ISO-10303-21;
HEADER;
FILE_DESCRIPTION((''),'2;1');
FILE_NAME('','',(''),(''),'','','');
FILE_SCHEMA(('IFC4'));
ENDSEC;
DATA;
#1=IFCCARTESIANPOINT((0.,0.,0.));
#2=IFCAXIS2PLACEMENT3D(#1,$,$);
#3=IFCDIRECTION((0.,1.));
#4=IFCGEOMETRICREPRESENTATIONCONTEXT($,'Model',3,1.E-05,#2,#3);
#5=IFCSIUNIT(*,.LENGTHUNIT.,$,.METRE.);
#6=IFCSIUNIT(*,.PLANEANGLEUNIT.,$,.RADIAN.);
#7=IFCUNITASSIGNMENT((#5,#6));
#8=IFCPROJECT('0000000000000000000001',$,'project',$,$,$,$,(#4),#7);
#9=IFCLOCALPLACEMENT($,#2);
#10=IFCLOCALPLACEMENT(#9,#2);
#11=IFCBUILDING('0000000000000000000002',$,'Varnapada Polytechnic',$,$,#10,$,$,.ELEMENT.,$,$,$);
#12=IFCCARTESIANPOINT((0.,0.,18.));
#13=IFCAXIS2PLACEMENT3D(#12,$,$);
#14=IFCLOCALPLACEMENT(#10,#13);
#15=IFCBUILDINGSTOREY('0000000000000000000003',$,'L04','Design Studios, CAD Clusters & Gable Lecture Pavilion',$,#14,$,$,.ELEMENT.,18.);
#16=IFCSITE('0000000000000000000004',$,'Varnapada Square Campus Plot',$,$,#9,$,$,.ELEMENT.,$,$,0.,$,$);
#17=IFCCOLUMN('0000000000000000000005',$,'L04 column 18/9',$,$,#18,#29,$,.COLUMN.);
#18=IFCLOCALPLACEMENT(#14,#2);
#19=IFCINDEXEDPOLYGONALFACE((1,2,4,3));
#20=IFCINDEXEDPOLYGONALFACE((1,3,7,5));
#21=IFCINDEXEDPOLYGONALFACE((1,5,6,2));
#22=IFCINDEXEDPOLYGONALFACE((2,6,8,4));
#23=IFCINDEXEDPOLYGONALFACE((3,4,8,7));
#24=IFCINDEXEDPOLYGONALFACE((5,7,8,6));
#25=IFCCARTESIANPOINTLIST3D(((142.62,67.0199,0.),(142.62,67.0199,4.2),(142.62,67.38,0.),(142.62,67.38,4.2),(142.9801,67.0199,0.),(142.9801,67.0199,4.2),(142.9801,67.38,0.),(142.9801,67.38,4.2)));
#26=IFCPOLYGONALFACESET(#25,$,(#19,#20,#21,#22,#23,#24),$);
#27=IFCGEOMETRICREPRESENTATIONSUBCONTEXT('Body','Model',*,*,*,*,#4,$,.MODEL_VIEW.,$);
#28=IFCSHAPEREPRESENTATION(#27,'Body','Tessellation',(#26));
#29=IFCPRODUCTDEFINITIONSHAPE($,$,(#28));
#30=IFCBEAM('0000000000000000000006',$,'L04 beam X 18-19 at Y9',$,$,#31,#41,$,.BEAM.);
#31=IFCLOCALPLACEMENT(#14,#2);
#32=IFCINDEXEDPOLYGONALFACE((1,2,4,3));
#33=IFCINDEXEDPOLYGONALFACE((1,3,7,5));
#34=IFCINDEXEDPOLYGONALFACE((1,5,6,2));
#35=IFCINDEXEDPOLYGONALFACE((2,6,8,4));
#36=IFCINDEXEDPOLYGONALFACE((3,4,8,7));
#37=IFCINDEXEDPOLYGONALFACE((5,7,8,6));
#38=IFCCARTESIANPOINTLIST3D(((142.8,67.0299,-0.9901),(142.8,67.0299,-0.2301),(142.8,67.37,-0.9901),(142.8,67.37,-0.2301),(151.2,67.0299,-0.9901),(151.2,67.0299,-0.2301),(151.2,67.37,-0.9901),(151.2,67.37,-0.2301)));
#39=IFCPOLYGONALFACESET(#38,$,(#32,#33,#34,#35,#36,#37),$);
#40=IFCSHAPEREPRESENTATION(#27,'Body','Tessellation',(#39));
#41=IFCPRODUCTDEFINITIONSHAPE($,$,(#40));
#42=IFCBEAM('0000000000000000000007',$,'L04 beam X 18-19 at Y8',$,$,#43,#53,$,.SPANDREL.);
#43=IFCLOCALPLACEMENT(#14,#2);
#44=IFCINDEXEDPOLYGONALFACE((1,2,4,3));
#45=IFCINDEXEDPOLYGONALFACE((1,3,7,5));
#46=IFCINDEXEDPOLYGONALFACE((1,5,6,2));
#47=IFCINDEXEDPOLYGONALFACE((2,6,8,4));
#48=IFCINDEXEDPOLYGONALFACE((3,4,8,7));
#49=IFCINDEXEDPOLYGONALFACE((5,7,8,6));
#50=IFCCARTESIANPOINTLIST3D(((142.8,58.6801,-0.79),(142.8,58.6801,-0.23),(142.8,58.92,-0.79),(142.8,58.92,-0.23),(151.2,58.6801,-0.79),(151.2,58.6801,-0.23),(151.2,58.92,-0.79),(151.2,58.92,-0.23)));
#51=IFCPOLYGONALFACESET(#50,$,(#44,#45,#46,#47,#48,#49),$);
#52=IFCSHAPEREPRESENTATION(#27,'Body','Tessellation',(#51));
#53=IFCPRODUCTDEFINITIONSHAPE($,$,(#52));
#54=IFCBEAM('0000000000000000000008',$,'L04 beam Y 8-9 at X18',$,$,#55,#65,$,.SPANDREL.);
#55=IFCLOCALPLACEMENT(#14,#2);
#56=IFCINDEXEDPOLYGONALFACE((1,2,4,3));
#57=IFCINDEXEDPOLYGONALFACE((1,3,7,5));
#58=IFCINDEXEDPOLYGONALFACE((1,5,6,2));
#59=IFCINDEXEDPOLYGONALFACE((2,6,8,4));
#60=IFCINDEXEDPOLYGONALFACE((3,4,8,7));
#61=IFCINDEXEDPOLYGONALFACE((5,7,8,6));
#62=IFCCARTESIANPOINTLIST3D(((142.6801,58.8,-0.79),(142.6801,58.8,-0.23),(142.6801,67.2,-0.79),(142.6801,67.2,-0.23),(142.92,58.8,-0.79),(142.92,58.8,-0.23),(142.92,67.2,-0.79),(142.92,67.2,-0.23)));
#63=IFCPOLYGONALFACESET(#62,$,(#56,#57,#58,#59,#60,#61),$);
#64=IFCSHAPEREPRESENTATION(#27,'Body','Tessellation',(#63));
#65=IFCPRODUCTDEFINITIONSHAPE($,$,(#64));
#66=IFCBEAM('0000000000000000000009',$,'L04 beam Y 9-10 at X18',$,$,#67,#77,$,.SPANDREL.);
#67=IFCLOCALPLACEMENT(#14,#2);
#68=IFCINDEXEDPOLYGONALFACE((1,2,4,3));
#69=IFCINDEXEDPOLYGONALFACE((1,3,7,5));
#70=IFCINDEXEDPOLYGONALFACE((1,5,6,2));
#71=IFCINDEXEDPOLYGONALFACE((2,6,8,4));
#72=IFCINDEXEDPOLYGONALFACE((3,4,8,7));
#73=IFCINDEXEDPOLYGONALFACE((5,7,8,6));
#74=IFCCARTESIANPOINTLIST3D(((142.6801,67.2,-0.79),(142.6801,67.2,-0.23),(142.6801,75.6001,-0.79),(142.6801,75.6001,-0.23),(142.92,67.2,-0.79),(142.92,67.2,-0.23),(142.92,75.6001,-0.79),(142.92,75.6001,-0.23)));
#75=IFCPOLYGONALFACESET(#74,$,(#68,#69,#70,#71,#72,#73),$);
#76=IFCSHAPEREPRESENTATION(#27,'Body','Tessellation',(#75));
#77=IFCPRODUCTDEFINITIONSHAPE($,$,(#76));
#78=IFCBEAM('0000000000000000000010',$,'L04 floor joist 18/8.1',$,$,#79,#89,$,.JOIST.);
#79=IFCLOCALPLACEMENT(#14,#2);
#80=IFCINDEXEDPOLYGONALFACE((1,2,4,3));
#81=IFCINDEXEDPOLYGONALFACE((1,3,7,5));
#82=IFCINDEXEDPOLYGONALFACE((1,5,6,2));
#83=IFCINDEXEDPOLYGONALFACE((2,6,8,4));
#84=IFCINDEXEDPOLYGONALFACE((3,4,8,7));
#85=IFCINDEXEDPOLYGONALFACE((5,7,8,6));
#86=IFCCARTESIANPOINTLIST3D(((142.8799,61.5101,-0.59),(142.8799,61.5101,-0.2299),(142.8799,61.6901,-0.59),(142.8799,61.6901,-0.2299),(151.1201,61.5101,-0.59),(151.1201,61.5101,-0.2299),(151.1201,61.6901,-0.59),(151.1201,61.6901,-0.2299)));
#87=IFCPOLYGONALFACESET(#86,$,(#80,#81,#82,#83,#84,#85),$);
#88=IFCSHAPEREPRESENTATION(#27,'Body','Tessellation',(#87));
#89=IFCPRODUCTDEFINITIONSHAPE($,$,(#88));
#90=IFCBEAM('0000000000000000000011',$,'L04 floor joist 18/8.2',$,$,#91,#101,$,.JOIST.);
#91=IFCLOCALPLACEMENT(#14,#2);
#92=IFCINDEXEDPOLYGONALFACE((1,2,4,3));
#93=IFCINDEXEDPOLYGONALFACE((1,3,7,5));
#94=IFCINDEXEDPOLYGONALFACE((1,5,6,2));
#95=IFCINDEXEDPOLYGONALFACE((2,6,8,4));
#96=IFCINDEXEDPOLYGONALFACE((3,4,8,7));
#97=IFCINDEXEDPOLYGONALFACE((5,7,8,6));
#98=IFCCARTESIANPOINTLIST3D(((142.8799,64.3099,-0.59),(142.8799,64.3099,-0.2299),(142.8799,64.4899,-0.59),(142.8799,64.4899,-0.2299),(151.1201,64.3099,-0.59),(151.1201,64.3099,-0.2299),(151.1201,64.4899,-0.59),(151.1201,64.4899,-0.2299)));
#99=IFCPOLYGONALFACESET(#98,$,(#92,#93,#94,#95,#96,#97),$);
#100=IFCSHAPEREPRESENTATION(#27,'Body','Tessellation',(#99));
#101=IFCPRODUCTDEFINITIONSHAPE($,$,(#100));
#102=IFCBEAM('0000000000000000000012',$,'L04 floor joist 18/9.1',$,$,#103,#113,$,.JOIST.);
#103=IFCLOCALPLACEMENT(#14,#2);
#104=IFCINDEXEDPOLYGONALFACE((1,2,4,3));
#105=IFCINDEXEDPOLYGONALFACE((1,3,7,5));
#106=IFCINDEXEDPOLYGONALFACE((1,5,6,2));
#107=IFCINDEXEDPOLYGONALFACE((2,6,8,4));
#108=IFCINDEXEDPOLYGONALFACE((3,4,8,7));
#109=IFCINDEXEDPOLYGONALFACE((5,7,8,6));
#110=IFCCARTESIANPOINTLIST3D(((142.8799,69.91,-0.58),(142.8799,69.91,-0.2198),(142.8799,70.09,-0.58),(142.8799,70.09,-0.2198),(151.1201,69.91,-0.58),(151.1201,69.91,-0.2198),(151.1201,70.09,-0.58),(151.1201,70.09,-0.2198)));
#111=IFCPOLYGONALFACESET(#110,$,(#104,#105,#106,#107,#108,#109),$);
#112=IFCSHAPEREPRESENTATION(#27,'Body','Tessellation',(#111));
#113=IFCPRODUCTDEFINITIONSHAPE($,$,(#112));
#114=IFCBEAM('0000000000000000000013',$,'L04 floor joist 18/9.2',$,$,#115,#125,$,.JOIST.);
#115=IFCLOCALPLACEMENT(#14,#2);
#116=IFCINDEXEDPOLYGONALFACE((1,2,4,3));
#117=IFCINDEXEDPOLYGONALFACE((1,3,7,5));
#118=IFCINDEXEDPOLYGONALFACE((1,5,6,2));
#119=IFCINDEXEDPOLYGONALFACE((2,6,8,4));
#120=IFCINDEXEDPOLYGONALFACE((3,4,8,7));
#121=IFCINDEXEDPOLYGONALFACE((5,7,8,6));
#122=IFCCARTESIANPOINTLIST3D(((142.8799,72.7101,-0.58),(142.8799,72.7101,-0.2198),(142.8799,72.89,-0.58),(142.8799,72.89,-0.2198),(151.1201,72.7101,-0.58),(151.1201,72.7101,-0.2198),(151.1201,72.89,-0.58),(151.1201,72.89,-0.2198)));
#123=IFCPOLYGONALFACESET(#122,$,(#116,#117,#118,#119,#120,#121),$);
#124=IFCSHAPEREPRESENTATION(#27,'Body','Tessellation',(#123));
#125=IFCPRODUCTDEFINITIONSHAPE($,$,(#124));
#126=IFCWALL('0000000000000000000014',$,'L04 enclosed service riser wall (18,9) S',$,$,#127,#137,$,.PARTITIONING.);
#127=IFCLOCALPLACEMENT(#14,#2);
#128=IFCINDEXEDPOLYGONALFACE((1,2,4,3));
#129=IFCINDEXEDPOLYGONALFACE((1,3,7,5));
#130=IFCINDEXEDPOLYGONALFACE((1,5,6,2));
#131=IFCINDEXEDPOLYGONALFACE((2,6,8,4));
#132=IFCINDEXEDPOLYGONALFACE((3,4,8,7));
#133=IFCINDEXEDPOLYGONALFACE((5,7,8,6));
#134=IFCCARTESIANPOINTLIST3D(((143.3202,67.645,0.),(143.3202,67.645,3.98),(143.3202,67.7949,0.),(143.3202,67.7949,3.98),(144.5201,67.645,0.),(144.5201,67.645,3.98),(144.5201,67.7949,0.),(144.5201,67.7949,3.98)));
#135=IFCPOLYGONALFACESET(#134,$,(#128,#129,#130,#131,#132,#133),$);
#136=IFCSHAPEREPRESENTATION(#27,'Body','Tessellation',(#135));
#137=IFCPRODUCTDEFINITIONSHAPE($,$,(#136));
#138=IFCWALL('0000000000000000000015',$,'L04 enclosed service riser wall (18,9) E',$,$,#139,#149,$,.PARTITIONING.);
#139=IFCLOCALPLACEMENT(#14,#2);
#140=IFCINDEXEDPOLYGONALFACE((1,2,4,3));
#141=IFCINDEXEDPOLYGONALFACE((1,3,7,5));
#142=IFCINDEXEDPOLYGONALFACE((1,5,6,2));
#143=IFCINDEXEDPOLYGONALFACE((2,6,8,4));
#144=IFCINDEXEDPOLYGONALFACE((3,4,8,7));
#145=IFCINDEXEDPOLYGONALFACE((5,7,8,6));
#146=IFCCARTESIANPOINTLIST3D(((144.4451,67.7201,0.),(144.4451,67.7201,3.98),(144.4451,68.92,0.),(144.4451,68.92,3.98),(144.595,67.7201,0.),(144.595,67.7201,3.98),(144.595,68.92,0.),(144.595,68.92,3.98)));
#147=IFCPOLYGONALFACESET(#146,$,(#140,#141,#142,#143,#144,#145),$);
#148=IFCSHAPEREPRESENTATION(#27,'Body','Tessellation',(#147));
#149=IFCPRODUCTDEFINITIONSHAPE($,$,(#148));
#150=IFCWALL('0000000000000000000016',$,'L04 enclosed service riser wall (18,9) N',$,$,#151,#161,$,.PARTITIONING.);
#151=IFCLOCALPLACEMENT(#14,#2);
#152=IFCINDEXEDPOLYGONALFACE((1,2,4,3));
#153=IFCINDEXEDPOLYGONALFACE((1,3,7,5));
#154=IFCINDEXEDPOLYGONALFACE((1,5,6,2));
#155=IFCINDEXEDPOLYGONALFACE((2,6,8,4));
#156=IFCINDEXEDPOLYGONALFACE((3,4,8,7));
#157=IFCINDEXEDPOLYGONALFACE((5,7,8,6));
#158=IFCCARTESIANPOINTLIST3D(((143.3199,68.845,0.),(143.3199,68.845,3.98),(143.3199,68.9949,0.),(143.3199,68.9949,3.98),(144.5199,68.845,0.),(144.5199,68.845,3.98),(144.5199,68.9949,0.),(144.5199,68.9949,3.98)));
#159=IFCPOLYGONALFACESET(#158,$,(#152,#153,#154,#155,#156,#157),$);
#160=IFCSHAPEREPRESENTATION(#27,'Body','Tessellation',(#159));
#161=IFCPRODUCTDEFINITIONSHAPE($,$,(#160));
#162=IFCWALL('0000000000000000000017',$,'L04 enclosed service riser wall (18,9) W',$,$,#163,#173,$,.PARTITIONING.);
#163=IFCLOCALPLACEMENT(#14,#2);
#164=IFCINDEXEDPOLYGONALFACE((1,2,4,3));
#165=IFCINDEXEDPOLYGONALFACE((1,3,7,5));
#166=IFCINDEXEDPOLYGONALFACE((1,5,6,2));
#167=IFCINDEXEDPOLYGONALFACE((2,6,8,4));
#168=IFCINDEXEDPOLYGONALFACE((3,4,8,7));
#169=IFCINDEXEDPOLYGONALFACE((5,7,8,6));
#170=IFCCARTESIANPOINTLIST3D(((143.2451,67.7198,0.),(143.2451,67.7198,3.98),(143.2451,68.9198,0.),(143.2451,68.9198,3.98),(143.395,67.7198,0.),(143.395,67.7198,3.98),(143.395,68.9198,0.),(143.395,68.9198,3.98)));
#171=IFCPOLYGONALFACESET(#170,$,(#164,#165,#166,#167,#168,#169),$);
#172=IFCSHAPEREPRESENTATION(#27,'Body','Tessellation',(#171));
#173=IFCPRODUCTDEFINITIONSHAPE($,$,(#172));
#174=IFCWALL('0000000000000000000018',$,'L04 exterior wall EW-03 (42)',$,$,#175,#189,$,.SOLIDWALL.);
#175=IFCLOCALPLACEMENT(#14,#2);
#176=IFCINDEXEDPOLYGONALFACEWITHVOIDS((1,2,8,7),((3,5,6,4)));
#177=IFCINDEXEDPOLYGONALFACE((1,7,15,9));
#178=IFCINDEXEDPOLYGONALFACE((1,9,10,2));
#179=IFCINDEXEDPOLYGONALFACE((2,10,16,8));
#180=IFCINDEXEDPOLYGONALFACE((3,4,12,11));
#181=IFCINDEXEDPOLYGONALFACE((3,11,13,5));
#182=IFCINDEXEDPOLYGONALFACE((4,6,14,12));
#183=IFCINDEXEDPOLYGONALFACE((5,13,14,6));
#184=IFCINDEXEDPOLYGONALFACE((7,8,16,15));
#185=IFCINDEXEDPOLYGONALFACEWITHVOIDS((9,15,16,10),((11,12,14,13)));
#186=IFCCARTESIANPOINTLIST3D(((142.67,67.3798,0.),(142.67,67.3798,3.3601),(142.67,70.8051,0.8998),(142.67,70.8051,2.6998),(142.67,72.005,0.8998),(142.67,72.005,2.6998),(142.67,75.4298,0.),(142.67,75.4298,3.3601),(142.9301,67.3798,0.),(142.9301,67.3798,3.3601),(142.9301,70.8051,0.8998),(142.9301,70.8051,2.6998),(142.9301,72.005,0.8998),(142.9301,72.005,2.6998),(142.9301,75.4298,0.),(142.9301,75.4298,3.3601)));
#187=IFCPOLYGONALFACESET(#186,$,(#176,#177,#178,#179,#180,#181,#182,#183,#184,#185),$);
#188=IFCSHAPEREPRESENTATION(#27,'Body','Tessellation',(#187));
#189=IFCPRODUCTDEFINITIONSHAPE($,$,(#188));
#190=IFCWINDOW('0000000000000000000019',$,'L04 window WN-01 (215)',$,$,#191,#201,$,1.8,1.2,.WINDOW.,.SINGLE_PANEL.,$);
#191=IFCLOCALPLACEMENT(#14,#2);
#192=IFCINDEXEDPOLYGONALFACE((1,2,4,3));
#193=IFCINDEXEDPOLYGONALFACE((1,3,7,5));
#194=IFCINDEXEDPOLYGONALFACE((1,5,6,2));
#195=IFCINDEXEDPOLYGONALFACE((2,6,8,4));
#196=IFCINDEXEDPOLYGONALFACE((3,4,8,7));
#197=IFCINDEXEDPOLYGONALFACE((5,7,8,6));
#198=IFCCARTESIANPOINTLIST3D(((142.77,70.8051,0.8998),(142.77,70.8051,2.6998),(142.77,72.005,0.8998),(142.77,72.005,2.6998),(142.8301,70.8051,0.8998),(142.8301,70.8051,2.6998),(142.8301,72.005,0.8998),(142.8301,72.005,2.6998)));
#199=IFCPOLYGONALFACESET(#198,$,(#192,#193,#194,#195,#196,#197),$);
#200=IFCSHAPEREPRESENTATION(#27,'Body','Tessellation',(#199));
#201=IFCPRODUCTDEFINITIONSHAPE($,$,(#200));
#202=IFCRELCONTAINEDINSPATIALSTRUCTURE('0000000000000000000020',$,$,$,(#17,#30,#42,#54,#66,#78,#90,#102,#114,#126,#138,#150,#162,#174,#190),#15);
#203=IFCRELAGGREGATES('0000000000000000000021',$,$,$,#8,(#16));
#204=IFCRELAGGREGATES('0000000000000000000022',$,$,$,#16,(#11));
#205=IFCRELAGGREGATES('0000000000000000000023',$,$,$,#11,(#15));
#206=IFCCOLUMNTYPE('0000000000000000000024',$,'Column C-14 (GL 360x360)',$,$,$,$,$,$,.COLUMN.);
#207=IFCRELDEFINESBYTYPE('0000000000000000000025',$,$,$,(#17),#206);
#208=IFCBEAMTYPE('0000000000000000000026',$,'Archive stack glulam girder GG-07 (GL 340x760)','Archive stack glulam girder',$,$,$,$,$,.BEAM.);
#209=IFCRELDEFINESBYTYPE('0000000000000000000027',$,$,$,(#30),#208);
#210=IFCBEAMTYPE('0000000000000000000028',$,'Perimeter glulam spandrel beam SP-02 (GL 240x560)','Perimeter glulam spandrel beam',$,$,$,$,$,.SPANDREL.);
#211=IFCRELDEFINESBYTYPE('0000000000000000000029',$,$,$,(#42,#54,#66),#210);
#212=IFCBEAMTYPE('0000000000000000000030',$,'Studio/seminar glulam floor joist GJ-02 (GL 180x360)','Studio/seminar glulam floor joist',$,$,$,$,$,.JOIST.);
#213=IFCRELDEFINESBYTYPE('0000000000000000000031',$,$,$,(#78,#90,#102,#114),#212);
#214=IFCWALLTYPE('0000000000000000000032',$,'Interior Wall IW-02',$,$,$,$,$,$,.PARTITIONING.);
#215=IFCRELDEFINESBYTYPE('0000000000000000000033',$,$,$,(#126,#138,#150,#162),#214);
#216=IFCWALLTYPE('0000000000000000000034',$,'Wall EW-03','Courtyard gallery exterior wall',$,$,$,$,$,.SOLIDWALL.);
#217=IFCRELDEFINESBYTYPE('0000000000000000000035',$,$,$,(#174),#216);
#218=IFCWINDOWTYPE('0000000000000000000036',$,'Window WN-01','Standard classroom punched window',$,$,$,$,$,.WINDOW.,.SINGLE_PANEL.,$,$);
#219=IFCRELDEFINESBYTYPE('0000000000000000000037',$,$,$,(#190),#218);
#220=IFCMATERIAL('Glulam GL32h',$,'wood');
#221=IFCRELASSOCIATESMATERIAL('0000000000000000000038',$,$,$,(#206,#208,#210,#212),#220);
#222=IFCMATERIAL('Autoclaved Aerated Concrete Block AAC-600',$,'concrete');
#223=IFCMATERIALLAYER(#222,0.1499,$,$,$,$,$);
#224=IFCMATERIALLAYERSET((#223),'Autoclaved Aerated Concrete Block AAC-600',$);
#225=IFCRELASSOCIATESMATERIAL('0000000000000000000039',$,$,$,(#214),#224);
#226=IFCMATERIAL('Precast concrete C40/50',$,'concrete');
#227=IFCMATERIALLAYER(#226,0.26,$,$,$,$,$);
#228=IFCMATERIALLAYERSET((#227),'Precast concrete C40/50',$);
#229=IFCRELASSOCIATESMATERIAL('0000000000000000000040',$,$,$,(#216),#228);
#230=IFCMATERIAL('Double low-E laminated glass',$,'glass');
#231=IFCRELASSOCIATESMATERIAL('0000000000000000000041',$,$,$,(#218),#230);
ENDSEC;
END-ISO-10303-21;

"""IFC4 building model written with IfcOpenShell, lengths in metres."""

from ifc_helpers import new_model, si_unit, direction, frame, frame_2d, origin, origin_2d, place, context, subcontext, project, spatial, rectangle, extrude, material, layer, layer_set, material_profile, profile_set, type_object, element, fill, save


model = new_model("IFC4")

# Units and contexts
model_context = context("Model", 3, precision=1e-05, world=origin(), true_north=direction((0.0, 1.0)))
body_context = subcontext(model_context, "Body", "Model", "MODEL_VIEW")
ifc_project = project(units=[si_unit("LENGTHUNIT", "METRE"), si_unit("PLANEANGLEUNIT", "RADIAN")], contexts=[model_context])

# Site, building, storey
site_placement = place(None, origin())
site = spatial("IfcSite", under=ifc_project, at=site_placement, Name="Varnapada Square Campus Plot", CompositionType="ELEMENT", RefElevation=0.0)
building_placement = place(site_placement, origin())
building = spatial("IfcBuilding", under=site, at=building_placement, Name="Varnapada Polytechnic", CompositionType="ELEMENT")
storey_placement = place(building_placement, frame((0.0, 0.0, 18.0)))
storey = spatial("IfcBuildingStorey", under=building, at=storey_placement, Name="L04", Description="Design Studios, CAD Clusters & Gable Lecture Pavilion", CompositionType="ELEMENT", Elevation=18.0)

# Column
ifc_material_1 = material(Name="Glulam GL32h", Category="wood")
ifc_material_profile_1 = material_profile(ifc_material_1, rectangle(XDim=0.3601, YDim=0.3601, at=origin_2d()), Name="GL 360x360")
ifc_profile_set_1 = profile_set([ifc_material_profile_1], Name="Glulam GL32h")
column_type = type_object("IfcColumnType", Name="Column C-14 (GL 360x360)", PredefinedType="COLUMN", material=ifc_profile_set_1)
column_placement = place(storey_placement, frame((142.8, 67.2, 0.0), z_axis=(0.0, 0.0, 1.0), x_axis=(1.0, 0.0, 0.0)))
element("IfcColumn", 1, at=column_placement, inside=storey, type_object=column_type, Name="L04 column 18/9", PredefinedType="COLUMN", context=body_context, shape_type="SweptSolid", body=[
    extrude(rectangle(XDim=0.3601, YDim=0.3601, at=origin_2d()), origin(), (0.0, 0.0, 1.0), 4.2),
])

# Beams
ifc_material_profile_2 = material_profile(ifc_material_1, rectangle(XDim=0.3401, YDim=0.76, at=origin_2d()), Name="GL 340x760")
ifc_profile_set_2 = profile_set([ifc_material_profile_2], Name="Glulam GL32h")
beam_type_1 = type_object("IfcBeamType", Name="Archive stack glulam girder GG-07 (GL 340x760)", Description="Archive stack glulam girder", PredefinedType="BEAM", material=ifc_profile_set_2)
beam_1_placement = place(storey_placement, frame((142.8, 67.2, -0.6101), z_axis=(1.0, 0.0, 0.0), x_axis=(0.0, 1.0, 0.0)))
element("IfcBeam", 2, at=beam_1_placement, inside=storey, type_object=beam_type_1, Name="L04 beam X 18-19 at Y9", PredefinedType="BEAM", context=body_context, shape_type="SweptSolid", body=[
    extrude(rectangle(XDim=0.3401, YDim=0.76, at=origin_2d()), origin(), (0.0, 0.0, 1.0), 8.3999),
])
ifc_material_profile_3 = material_profile(ifc_material_1, rectangle(XDim=0.24, YDim=0.5601, at=origin_2d()), Name="GL 240x560")
ifc_profile_set_3 = profile_set([ifc_material_profile_3], Name="Glulam GL32h")
beam_type_2 = type_object("IfcBeamType", Name="Perimeter glulam spandrel beam SP-02 (GL 240x560)", Description="Perimeter glulam spandrel beam", PredefinedType="SPANDREL", material=ifc_profile_set_3)
for number, where, z_axis, x_axis, name in (
    (3, (142.8, 58.8, -0.51), (1.0, 0.0, 0.0), (0.0, 1.0, 0.0), "L04 beam X 18-19 at Y8"),
    (4, (142.8, 58.8, -0.51), (0.0, 1.0, 0.0), (-1.0, 0.0, 0.0), "L04 beam Y 8-9 at X18"),
):
    element("IfcBeam", number, at=place(storey_placement, frame(where, z_axis=z_axis, x_axis=x_axis)), inside=storey, type_object=beam_type_2, Name=name, PredefinedType="SPANDREL", context=body_context, shape_type="SweptSolid", body=[
        extrude(rectangle(XDim=0.24, YDim=0.5601, at=origin_2d()), origin(), (0.0, 0.0, 1.0), 8.3999),
    ])
beam_2_placement = place(storey_placement, frame((142.8, 67.2, -0.51), z_axis=(0.0, 1.0, 0.0), x_axis=(-1.0, 0.0, 0.0)))
element("IfcBeam", 5, at=beam_2_placement, inside=storey, type_object=beam_type_2, Name="L04 beam Y 9-10 at X18", PredefinedType="SPANDREL", context=body_context, shape_type="SweptSolid", body=[
    extrude(rectangle(XDim=0.24, YDim=0.5601, at=origin_2d()), origin(), (0.0, 0.0, 1.0), 8.4001),
])
ifc_material_profile_4 = material_profile(ifc_material_1, rectangle(XDim=0.1799, YDim=0.3601, at=origin_2d()), Name="GL 180x360")
ifc_profile_set_4 = profile_set([ifc_material_profile_4], Name="Glulam GL32h")
beam_type_3 = type_object("IfcBeamType", Name="Studio/seminar glulam floor joist GJ-02 (GL 180x360)", Description="Studio/seminar glulam floor joist", PredefinedType="JOIST", material=ifc_profile_set_4)
for number, where, z_axis, x_axis, name in (
    (6, (142.8799, 61.6001, -0.4099), (1.0, 0.0, 0.0), (0.0, 1.0, 0.0), "L04 floor joist 18/8.1"),
    (7, (142.8799, 64.3999, -0.4099), (1.0, 0.0, 0.0), (0.0, 1.0, 0.0), "L04 floor joist 18/8.2"),
    (8, (142.8799, 70.0, -0.3999), (1.0, 0.0, 0.0), (0.0, 1.0, 0.0), "L04 floor joist 18/9.1"),
    (9, (142.8799, 72.8, -0.3999), (1.0, 0.0, 0.0), (0.0, 1.0, 0.0), "L04 floor joist 18/9.2"),
):
    element("IfcBeam", number, at=place(storey_placement, frame(where, z_axis=z_axis, x_axis=x_axis)), inside=storey, type_object=beam_type_3, Name=name, PredefinedType="JOIST", context=body_context, shape_type="SweptSolid", body=[
        extrude(rectangle(XDim=0.1799, YDim=0.3601, at=origin_2d()), origin(), (0.0, 0.0, 1.0), 8.2402),
    ])

# Walls
ifc_material_2 = material(Name="Autoclaved Aerated Concrete Block AAC-600", Category="concrete")
ifc_layer_1 = layer(ifc_material_2, 0.1499)
ifc_layer_set_1 = layer_set([ifc_layer_1], Name="Autoclaved Aerated Concrete Block AAC-600")
wall_type_1 = type_object("IfcWallType", Name="Interior Wall IW-02", PredefinedType="PARTITIONING", material=ifc_layer_set_1)
for number, where, z_axis, x_axis, name in (
    (10, (143.3201, 67.72, 0.0), (0.0, 0.0, 1.0), (1.0, 0.0, 0.0), "L04 enclosed service riser wall (18,9) S"),
    (11, (144.52, 67.72, 0.0), (0.0, 0.0, 1.0), (0.0, 1.0, 0.0), "L04 enclosed service riser wall (18,9) E"),
    (12, (144.52, 68.9199, 0.0), (0.0, 0.0, 1.0), (-1.0, 0.0, 0.0), "L04 enclosed service riser wall (18,9) N"),
    (13, (143.3201, 68.9199, 0.0), (0.0, 0.0, 1.0), (0.0, -1.0, 0.0), "L04 enclosed service riser wall (18,9) W"),
):
    element("IfcWall", number, at=place(storey_placement, frame(where, z_axis=z_axis, x_axis=x_axis)), inside=storey, type_object=wall_type_1, Name=name, PredefinedType="PARTITIONING", context=body_context, shape_type="SweptSolid", body=[
        extrude(rectangle(XDim=1.2, YDim=0.1499, at=frame_2d((0.6001, 0.0))), origin(), (0.0, 0.0, 1.0), 3.98),
    ])

# Wall, opening, window
ifc_material_3 = material(Name="Precast concrete C40/50", Category="concrete")
ifc_layer_2 = layer(ifc_material_3, 0.26)
ifc_layer_set_2 = layer_set([ifc_layer_2], Name="Precast concrete C40/50")
wall_type_2 = type_object("IfcWallType", Name="Wall EW-03", Description="Courtyard gallery exterior wall", PredefinedType="SOLIDWALL", material=ifc_layer_set_2)
wall_placement = place(storey_placement, frame((142.8, 67.3799, 0.0), z_axis=(0.0, 0.0, 1.0), x_axis=(0.0, 1.0, 0.0)))
wall = element("IfcWall", 14, at=wall_placement, inside=storey, type_object=wall_type_2, Name="L04 exterior wall EW-03 (42)", PredefinedType="SOLIDWALL", context=body_context, shape_type="SweptSolid", body=[
    extrude(rectangle(XDim=8.05, YDim=0.26, at=frame_2d((4.0249, 0.0))), origin(), (0.0, 0.0, 1.0), 3.3601),
])
opening_placement = place(wall_placement, frame((3.425, 0.0, 0.8999)))
opening = element("IfcOpeningElement", 15, at=opening_placement, cuts=wall, PredefinedType="OPENING", context=body_context, shape_type="SweptSolid", body=[
    extrude(rectangle(XDim=1.2, YDim=1.8, at=frame_2d((0.6001, 0.8999))), frame((0.0, 0.1399, 0.0), z_axis=(0.0, -1.0, 0.0), x_axis=(1.0, 0.0, 0.0)), (0.0, 0.0, 1.0), 0.28),
])
ifc_material_4 = material(Name="Double low-E laminated glass", Category="glass")
window_type = type_object("IfcWindowType", Name="Window WN-01", Description="Standard classroom punched window", PartitioningType="SINGLE_PANEL", PredefinedType="WINDOW", material=ifc_material_4)
window_placement = place(opening_placement, origin())
window = element("IfcWindow", 16, at=window_placement, inside=storey, type_object=window_type, Name="L04 window WN-01 (215)", OverallHeight=1.8, OverallWidth=1.2, PartitioningType="SINGLE_PANEL", PredefinedType="WINDOW", context=body_context, shape_type="SweptSolid", body=[
    extrude(rectangle(XDim=1.2, YDim=1.8, at=frame_2d((0.6001, 0.8999))), frame((0.0, 0.03, 0.0), z_axis=(0.0, -1.0, 0.0), x_axis=(1.0, 0.0, 0.0)), (0.0, 0.0, 1.0), 0.0601),
])
fill(opening, window)

save(model, "model.ifc")
